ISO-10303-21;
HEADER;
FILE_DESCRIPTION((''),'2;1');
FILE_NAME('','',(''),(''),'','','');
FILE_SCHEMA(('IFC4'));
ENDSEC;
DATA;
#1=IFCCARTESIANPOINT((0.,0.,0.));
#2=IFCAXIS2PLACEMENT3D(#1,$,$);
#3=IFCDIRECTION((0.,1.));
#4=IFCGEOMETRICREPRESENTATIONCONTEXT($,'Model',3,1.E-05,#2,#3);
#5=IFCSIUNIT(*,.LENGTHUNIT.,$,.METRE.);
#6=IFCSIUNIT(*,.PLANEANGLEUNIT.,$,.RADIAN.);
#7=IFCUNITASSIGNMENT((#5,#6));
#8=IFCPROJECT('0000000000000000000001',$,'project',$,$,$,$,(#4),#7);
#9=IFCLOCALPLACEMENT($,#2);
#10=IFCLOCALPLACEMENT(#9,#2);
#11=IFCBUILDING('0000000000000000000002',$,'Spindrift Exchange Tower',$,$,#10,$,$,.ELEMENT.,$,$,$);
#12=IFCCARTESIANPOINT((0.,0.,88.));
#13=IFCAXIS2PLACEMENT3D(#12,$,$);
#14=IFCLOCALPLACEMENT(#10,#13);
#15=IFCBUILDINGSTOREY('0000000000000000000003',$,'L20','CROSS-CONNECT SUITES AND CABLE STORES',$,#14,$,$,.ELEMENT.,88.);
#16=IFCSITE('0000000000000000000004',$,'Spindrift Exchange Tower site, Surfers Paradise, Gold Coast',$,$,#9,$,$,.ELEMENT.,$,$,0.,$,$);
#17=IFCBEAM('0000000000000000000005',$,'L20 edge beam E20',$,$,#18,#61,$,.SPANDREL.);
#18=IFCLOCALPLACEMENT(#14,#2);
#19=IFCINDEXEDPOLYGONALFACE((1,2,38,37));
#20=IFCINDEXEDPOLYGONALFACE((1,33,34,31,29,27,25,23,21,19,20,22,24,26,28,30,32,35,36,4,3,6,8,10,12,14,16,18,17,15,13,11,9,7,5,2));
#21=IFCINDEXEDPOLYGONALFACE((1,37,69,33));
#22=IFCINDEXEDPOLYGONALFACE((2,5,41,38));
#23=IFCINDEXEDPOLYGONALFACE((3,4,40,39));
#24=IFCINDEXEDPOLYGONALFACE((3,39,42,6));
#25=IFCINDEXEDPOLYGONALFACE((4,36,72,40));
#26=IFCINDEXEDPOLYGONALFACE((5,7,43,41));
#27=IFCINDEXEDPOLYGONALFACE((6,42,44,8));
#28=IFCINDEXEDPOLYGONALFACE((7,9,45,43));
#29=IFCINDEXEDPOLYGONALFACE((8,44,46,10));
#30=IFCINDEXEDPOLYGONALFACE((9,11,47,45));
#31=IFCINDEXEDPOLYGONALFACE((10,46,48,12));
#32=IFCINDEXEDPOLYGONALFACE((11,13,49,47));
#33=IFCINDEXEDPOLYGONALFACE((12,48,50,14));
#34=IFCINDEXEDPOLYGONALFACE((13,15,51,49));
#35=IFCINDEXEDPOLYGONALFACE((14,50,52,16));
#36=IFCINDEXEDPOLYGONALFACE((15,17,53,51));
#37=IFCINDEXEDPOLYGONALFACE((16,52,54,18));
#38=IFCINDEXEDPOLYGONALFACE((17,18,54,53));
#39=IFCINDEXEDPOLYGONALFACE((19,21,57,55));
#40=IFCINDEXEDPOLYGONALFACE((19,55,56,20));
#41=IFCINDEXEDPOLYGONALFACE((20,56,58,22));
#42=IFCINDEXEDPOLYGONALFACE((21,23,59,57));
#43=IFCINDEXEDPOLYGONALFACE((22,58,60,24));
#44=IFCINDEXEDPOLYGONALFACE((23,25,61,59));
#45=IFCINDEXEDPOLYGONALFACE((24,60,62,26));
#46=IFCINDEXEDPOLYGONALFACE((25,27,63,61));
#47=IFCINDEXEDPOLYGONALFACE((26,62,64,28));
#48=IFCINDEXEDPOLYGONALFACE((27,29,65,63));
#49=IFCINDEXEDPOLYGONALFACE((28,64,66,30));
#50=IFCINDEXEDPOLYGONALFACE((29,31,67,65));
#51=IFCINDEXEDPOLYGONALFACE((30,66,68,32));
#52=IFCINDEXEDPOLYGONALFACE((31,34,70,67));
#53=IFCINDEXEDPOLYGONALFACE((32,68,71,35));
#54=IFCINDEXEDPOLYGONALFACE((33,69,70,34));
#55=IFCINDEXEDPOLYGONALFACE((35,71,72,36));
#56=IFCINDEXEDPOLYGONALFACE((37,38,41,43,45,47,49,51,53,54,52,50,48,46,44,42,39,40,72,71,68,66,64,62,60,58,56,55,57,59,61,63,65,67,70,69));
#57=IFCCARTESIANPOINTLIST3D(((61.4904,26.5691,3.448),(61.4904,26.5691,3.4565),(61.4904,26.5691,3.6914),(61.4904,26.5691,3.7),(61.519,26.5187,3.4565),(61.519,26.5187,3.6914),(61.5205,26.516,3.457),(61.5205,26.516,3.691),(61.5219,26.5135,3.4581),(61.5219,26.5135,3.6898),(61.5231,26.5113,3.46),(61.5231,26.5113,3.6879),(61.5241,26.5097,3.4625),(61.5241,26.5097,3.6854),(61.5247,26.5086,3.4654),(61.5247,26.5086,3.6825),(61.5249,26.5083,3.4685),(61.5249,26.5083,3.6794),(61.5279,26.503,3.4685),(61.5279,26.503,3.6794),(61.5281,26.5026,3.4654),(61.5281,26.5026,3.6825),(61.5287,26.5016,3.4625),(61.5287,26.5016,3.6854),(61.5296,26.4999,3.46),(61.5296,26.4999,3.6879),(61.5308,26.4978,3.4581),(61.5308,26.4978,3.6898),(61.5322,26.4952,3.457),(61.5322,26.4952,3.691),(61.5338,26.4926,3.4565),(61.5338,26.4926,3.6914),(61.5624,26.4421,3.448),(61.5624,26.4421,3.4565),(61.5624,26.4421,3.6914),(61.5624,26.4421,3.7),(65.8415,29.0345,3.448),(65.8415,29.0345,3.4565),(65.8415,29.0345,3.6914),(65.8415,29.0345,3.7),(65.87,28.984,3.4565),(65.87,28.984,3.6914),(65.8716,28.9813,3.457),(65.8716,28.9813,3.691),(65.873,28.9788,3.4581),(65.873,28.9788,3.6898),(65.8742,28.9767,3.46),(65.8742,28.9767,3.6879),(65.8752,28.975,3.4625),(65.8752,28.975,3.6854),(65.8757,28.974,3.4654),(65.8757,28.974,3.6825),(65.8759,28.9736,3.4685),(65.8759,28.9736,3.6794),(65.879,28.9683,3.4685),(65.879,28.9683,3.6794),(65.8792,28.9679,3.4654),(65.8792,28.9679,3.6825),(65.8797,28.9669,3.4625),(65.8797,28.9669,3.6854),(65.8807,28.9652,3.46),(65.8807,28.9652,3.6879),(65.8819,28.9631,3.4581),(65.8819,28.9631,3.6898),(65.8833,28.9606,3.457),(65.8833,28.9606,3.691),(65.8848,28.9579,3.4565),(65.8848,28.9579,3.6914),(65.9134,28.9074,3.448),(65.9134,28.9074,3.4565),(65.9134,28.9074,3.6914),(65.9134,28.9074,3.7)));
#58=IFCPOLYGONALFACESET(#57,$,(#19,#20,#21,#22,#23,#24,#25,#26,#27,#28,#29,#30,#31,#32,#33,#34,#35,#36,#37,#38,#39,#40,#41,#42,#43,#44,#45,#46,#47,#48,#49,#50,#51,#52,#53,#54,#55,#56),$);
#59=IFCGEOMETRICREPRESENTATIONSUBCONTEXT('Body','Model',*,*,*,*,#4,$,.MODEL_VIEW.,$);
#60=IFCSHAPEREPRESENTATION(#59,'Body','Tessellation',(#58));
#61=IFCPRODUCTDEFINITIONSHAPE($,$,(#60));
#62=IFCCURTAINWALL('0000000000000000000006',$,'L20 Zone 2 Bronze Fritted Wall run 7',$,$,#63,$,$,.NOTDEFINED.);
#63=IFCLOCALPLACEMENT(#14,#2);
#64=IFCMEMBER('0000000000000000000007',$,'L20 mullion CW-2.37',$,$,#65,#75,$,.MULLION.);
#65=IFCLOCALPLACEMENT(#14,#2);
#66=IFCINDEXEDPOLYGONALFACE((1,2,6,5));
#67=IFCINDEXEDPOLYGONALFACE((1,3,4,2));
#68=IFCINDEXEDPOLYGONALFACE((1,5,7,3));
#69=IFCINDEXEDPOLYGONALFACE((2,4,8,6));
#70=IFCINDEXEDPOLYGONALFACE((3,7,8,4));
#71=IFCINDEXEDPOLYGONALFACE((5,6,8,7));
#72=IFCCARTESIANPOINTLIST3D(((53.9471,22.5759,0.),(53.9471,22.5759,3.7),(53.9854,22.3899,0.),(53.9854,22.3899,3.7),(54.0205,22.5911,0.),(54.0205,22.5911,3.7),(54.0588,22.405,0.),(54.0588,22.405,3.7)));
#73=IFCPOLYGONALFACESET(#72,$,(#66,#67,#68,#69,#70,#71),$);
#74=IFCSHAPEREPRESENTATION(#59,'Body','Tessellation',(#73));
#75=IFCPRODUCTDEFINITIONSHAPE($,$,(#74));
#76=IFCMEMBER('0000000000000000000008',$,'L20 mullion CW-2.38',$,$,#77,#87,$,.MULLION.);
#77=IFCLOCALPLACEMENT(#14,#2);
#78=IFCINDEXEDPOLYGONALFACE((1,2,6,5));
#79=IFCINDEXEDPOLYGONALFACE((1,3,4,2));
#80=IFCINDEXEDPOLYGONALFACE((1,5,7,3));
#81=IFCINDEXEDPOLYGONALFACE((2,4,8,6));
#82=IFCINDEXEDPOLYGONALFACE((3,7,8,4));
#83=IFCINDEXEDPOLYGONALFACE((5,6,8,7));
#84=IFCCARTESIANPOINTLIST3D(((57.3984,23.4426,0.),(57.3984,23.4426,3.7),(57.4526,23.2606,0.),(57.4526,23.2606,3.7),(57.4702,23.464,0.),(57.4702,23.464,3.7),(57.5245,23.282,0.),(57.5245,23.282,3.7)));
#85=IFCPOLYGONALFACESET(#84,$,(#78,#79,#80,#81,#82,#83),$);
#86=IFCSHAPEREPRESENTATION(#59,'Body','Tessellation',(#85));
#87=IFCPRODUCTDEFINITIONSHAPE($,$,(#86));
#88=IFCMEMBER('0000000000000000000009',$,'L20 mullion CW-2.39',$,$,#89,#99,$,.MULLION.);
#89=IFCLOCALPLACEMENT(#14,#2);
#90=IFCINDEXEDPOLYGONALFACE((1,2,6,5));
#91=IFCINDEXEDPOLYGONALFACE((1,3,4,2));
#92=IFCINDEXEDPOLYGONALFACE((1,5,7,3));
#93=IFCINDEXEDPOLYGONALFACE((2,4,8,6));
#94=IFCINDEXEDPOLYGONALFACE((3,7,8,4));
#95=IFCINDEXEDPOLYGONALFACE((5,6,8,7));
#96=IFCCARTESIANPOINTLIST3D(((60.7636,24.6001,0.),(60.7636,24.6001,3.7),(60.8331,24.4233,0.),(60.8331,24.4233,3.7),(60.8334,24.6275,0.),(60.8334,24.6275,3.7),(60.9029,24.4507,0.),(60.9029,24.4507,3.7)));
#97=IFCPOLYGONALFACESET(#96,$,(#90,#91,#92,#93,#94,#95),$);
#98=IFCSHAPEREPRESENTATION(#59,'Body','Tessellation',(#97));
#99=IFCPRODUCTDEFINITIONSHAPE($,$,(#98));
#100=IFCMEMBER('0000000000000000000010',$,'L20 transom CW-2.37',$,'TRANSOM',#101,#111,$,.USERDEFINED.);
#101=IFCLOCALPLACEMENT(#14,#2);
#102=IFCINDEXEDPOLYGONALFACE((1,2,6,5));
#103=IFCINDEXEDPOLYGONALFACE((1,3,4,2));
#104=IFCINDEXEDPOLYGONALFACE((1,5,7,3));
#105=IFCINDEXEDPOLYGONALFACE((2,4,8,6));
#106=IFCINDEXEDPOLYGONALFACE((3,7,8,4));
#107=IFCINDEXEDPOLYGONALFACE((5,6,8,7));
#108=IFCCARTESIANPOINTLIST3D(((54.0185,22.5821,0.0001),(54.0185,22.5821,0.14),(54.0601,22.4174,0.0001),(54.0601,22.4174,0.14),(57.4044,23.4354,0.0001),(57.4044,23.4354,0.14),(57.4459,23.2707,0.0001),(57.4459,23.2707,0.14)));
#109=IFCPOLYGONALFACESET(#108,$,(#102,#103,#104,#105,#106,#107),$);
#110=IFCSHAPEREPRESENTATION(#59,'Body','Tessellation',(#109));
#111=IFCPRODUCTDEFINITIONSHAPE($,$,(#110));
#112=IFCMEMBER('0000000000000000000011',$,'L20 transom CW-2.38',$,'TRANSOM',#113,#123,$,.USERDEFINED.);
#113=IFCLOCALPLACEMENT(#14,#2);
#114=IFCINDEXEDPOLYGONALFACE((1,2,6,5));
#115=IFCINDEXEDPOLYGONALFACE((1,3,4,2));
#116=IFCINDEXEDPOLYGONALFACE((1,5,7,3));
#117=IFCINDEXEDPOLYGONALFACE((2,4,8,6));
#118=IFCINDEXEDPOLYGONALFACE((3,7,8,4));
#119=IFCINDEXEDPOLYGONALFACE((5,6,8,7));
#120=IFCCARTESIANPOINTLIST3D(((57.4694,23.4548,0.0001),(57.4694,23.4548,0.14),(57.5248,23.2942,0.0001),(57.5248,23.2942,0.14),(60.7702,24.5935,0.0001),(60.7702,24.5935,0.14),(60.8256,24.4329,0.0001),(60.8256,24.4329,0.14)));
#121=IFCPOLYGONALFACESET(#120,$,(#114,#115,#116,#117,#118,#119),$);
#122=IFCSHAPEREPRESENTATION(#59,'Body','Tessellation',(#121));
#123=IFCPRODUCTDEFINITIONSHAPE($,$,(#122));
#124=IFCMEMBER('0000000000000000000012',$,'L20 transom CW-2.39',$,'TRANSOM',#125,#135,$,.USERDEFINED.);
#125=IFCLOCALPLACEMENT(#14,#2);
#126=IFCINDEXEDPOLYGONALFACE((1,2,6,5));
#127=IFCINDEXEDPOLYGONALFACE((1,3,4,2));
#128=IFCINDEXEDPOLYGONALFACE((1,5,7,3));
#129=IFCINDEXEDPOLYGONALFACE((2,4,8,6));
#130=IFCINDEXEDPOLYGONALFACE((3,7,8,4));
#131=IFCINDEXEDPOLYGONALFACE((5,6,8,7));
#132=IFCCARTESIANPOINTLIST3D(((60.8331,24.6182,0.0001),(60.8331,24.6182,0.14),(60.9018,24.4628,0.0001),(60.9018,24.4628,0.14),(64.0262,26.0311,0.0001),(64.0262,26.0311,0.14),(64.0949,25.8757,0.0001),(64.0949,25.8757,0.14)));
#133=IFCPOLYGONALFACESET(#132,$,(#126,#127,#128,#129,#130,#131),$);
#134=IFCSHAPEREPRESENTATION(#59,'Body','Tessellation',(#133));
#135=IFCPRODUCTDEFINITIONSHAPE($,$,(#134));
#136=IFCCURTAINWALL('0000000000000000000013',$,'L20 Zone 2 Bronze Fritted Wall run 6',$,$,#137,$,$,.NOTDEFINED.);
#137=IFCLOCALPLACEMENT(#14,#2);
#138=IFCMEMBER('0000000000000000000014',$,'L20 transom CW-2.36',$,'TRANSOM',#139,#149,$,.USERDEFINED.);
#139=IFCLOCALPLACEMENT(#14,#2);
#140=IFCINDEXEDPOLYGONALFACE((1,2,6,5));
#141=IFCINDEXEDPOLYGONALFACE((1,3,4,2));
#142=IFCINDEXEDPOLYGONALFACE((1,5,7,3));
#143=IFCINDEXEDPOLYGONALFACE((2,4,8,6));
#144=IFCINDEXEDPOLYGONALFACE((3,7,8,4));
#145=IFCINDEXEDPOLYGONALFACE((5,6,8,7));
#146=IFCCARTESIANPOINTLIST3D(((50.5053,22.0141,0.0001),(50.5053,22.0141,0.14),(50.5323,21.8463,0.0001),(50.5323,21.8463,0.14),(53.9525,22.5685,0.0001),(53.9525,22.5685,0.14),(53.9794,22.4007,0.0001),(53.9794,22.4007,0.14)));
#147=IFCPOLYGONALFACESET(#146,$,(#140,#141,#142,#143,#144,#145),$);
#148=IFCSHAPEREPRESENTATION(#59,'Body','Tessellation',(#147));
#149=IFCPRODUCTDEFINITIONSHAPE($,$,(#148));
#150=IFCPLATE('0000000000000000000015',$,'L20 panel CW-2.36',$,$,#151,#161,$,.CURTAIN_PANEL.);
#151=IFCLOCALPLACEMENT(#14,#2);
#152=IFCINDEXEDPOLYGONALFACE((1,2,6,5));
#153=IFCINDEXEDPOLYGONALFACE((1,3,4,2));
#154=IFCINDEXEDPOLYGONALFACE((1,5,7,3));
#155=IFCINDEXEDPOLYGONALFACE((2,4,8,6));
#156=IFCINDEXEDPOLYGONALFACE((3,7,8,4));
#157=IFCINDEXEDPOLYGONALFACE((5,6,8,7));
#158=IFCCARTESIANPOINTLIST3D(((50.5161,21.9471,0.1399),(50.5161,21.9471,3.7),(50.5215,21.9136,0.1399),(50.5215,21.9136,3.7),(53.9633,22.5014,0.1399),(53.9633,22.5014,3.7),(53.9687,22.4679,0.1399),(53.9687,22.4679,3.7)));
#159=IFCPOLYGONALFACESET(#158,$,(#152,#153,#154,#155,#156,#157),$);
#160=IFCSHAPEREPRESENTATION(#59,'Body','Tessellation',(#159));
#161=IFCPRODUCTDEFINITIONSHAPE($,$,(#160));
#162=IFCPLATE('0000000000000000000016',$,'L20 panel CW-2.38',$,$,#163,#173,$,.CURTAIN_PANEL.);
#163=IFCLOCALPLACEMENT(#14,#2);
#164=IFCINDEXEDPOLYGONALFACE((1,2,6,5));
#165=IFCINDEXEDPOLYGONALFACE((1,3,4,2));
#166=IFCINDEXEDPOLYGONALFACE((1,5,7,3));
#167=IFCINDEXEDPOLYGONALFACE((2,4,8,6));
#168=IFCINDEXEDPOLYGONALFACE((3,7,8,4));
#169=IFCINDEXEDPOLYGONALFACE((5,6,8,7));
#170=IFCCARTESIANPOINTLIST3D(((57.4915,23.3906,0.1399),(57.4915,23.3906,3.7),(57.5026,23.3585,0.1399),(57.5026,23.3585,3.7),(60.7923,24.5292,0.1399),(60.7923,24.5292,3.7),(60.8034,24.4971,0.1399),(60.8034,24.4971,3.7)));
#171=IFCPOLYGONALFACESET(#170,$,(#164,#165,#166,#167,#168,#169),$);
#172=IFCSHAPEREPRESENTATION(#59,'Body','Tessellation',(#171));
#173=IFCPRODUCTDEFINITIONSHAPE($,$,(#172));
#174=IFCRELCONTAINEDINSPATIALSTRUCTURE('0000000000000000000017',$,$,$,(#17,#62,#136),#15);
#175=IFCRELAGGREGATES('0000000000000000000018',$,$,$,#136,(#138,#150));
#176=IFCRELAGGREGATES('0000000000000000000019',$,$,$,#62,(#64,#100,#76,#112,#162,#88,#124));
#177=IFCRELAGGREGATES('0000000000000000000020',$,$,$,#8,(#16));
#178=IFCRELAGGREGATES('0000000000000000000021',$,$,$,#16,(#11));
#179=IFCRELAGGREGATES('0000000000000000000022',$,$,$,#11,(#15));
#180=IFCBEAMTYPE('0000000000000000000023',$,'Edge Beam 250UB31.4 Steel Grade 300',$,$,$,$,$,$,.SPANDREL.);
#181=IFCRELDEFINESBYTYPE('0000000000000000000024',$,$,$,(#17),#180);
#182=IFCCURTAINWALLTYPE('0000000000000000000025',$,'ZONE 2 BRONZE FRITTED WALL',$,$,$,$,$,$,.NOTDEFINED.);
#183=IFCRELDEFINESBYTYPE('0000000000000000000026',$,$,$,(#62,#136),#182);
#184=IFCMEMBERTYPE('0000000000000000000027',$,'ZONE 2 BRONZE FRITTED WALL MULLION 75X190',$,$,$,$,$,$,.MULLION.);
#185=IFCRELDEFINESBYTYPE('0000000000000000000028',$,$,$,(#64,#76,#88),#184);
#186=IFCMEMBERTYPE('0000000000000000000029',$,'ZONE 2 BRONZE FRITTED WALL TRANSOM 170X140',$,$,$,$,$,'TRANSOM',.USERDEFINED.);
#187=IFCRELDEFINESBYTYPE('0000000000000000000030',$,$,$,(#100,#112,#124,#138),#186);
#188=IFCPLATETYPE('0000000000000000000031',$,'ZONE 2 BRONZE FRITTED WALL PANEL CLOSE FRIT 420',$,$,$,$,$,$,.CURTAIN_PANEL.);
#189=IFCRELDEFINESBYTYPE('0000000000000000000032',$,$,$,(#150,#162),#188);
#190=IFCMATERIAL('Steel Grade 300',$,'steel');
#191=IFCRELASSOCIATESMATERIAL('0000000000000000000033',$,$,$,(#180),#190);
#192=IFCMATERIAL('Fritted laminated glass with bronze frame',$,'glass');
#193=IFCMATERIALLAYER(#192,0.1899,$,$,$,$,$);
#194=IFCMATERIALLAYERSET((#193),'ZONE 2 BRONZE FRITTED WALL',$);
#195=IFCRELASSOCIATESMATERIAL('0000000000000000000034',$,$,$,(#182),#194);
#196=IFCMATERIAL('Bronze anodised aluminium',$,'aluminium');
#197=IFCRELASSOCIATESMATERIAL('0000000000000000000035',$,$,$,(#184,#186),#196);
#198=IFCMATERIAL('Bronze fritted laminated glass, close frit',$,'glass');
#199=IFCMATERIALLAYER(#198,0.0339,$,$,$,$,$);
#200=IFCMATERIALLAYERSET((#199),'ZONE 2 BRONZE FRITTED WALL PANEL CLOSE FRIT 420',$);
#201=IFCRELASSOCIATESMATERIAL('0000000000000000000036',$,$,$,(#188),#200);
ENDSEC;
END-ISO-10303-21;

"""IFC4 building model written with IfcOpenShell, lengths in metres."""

from ifc_helpers import new_model, si_unit, direction, frame, origin, origin_2d, place, context, subcontext, project, spatial, rectangle, i_section, extrude, source, transform, mapped, material, layer, layer_set, material_profile, profile_set, type_object, element, aggregate, save


model = new_model("IFC4")

# Units and contexts
model_context = context("Model", 3, precision=1e-05, world=origin(), true_north=direction((0.0, 1.0)))
body_context = subcontext(model_context, "Body", "Model", "MODEL_VIEW")
ifc_project = project(units=[si_unit("LENGTHUNIT", "METRE"), si_unit("PLANEANGLEUNIT", "RADIAN")], contexts=[model_context])

# Site, building, storey
site_placement = place(None, origin())
site = spatial("IfcSite", under=ifc_project, at=site_placement, Name="Spindrift Exchange Tower site, Surfers Paradise, Gold Coast", CompositionType="ELEMENT", RefElevation=0.0)
building_placement = place(site_placement, origin())
building = spatial("IfcBuilding", under=site, at=building_placement, Name="Spindrift Exchange Tower", CompositionType="ELEMENT")
storey_placement = place(building_placement, frame((0.0, 0.0, 88.0)))
storey = spatial("IfcBuildingStorey", under=building, at=storey_placement, Name="L20", Description="CROSS-CONNECT SUITES AND CABLE STORES", CompositionType="ELEMENT", Elevation=88.0)

# Beam
ifc_material_1 = material(Name="Steel Grade 300", Category="steel")
ifc_material_profile_1 = material_profile(ifc_material_1, i_section(OverallWidth=0.146, OverallDepth=0.252, WebThickness=0.0061, FlangeThickness=0.0085, FilletRadius=0.012, at=origin_2d()), Name="250UB31.4")
ifc_profile_set_1 = profile_set([ifc_material_profile_1], Name="Steel Grade 300")
beam_type_1 = type_object("IfcBeamType", Name="Edge Beam 250UB31.4 Steel Grade 300", PredefinedType="SPANDREL", material=ifc_profile_set_1)
shared_shape_1 = source(origin(), body_context, "Body", "SweptSolid", [
    extrude(i_section(OverallWidth=0.146, OverallDepth=0.252, WebThickness=0.0061, FlangeThickness=0.0085, FilletRadius=0.012, at=origin_2d()), origin(), (0.0, 0.0, 1.0), 5.001),
])
beam_1_placement = place(storey_placement, frame((61.5264, 26.5056, 3.574), z_axis=(0.870046, 0.492971, 0.0), x_axis=(-0.492971, 0.870046, 0.0)))
element("IfcBeam", 1, at=beam_1_placement, inside=storey, type_object=beam_type_1, Name="L20 edge beam E20", PredefinedType="SPANDREL", context=body_context, shape_type="MappedRepresentation", body=[
    mapped(shared_shape_1, transform((0.0, 0.0, 0.0), scale=1.0)),
])

# Curtain wall, members
ifc_material_2 = material(Name="Fritted laminated glass with bronze frame", Category="glass")
ifc_layer_1 = layer(ifc_material_2, 0.1899)
ifc_layer_set_1 = layer_set([ifc_layer_1], Name="ZONE 2 BRONZE FRITTED WALL")
curtain_wall_type = type_object("IfcCurtainWallType", Name="ZONE 2 BRONZE FRITTED WALL", PredefinedType="NOTDEFINED", material=ifc_layer_set_1)
curtain_wall_1_placement = place(storey_placement, origin())
curtain_wall_1 = element("IfcCurtainWall", 2, at=curtain_wall_1_placement, inside=storey, type_object=curtain_wall_type, Name="L20 Zone 2 Bronze Fritted Wall run 7", PredefinedType="NOTDEFINED")
ifc_material_3 = material(Name="Bronze anodised aluminium", Category="aluminium")
ifc_material_profile_2 = material_profile(ifc_material_3, rectangle(XDim=0.075, YDim=0.1899, at=origin_2d()), Name="ZONE 2 BRONZE FRITTED WALL MULLION 75X190")
ifc_profile_set_2 = profile_set([ifc_material_profile_2], Name="Bronze anodised aluminium")
member_type_1 = type_object("IfcMemberType", Name="ZONE 2 BRONZE FRITTED WALL MULLION 75X190", PredefinedType="MULLION", material=ifc_profile_set_2)
shared_shape_2 = source(origin(), body_context, "Body", "SweptSolid", [
    extrude(rectangle(XDim=0.075, YDim=0.1899, at=origin_2d()), origin(), (0.0, 0.0, 1.0), 3.7),
])
member_1_placement = place(storey_placement, frame((54.0029, 22.4905, 0.0), z_axis=(0.0, 0.0, 1.0), x_axis=(0.97943, 0.201784, 0.0)))
member_1 = element("IfcMember", 3, at=member_1_placement, type_object=member_type_1, Name="L20 mullion CW-2.37", PredefinedType="MULLION", context=body_context, shape_type="MappedRepresentation", body=[
    mapped(shared_shape_2, transform((0.0, 0.0, 0.0), scale=1.0)),
])
member_2_placement = place(storey_placement, frame((57.4614, 23.3623, 0.0), z_axis=(0.0, 0.0, 1.0), x_axis=(0.958371, 0.285525, 0.0)))
member_2 = element("IfcMember", 4, at=member_2_placement, type_object=member_type_1, Name="L20 mullion CW-2.38", PredefinedType="MULLION", context=body_context, shape_type="MappedRepresentation", body=[
    mapped(shared_shape_2, transform((0.0, 0.0, 0.0), scale=1.0)),
])
member_3_placement = place(storey_placement, frame((60.8333, 24.5254, 0.0), z_axis=(0.0, 0.0, 1.0), x_axis=(0.930741, 0.365679, 0.0)))
member_3 = element("IfcMember", 5, at=member_3_placement, type_object=member_type_1, Name="L20 mullion CW-2.39", PredefinedType="MULLION", context=body_context, shape_type="MappedRepresentation", body=[
    mapped(shared_shape_2, transform((0.0, 0.0, 0.0), scale=1.0)),
])
ifc_material_profile_3 = material_profile(ifc_material_3, rectangle(XDim=0.1699, YDim=0.1399, at=origin_2d()), Name="ZONE 2 BRONZE FRITTED WALL TRANSOM 170X140")
ifc_profile_set_3 = profile_set([ifc_material_profile_3], Name="Bronze anodised aluminium")
member_type_2 = type_object("IfcMemberType", Name="ZONE 2 BRONZE FRITTED WALL TRANSOM 170X140", ElementType="TRANSOM", PredefinedType="USERDEFINED", material=ifc_profile_set_3)
shared_shape_3 = source(origin(), body_context, "Body", "SweptSolid", [
    extrude(rectangle(XDim=0.1699, YDim=0.1399, at=origin_2d()), origin(), (0.0, 0.0, 1.0), 3.4917),
])
member_4_placement = place(storey_placement, frame((54.0393, 22.4998, 0.0701), z_axis=(0.96968, 0.244378, 0.0), x_axis=(-0.244378, 0.96968, 0.0)))
member_4 = element("IfcMember", 6, at=member_4_placement, type_object=member_type_2, Name="L20 transom CW-2.37", ObjectType="TRANSOM", PredefinedType="USERDEFINED", context=body_context, shape_type="MappedRepresentation", body=[
    mapped(shared_shape_3, transform((0.0, 0.0, 0.0), scale=1.0)),
])
member_5_placement = place(storey_placement, frame((57.4971, 23.3745, 0.0701), z_axis=(0.945331, 0.326111, 0.0), x_axis=(-0.326111, 0.945331, 0.0)))
member_5 = element("IfcMember", 7, at=member_5_placement, type_object=member_type_2, Name="L20 transom CW-2.38", ObjectType="TRANSOM", PredefinedType="USERDEFINED", context=body_context, shape_type="MappedRepresentation", body=[
    mapped(shared_shape_3, transform((0.0, 0.0, 0.0), scale=1.0)),
])
member_6_placement = place(storey_placement, frame((60.8674, 24.5405, 0.0701), z_axis=(0.914482, 0.404626, 0.0), x_axis=(-0.404626, 0.914482, 0.0)))
member_6 = element("IfcMember", 8, at=member_6_placement, type_object=member_type_2, Name="L20 transom CW-2.39", ObjectType="TRANSOM", PredefinedType="USERDEFINED", context=body_context, shape_type="MappedRepresentation", body=[
    mapped(shared_shape_3, transform((0.0, 0.0, 0.0), scale=1.0)),
])

# Curtain wall, member, plate
curtain_wall_2_placement = place(storey_placement, origin())
curtain_wall_2 = element("IfcCurtainWall", 9, at=curtain_wall_2_placement, inside=storey, type_object=curtain_wall_type, Name="L20 Zone 2 Bronze Fritted Wall run 6", PredefinedType="NOTDEFINED")
shared_shape_4 = source(origin(), body_context, "Body", "SweptSolid", [
    extrude(rectangle(XDim=0.1699, YDim=0.1399, at=origin_2d()), origin(), (0.0, 0.0, 1.0), 3.4915),
])
member_7_placement = place(storey_placement, frame((50.5188, 21.9302, 0.0701), z_axis=(0.987312, 0.158795, 0.0), x_axis=(-0.158795, 0.987312, 0.0)))
member_7 = element("IfcMember", 10, at=member_7_placement, type_object=member_type_2, Name="L20 transom CW-2.36", ObjectType="TRANSOM", PredefinedType="USERDEFINED", context=body_context, shape_type="MappedRepresentation", body=[
    mapped(shared_shape_4, transform((0.0, 0.0, 0.0), scale=1.0)),
])
ifc_material_4 = material(Name="Bronze fritted laminated glass, close frit", Category="glass")
ifc_layer_2 = layer(ifc_material_4, 0.0339)
ifc_layer_set_2 = layer_set([ifc_layer_2], Name="ZONE 2 BRONZE FRITTED WALL PANEL CLOSE FRIT 420")
plate_type_1 = type_object("IfcPlateType", Name="ZONE 2 BRONZE FRITTED WALL PANEL CLOSE FRIT 420", PredefinedType="CURTAIN_PANEL", material=ifc_layer_set_2)
shared_shape_5 = source(origin(), body_context, "Body", "SweptSolid", [
    extrude(rectangle(XDim=3.4915, YDim=0.0339, at=origin_2d()), origin(), (0.0, 0.0, 1.0), 3.5601),
])
plate_1_placement = place(storey_placement, frame((52.2424, 22.2075, 0.1399), z_axis=(0.0, 0.0, 1.0), x_axis=(0.987318, 0.158754, 0.0)))
plate_1 = element("IfcPlate", 11, at=plate_1_placement, type_object=plate_type_1, Name="L20 panel CW-2.36", PredefinedType="CURTAIN_PANEL", context=body_context, shape_type="MappedRepresentation", body=[
    mapped(shared_shape_5, transform((0.0, 0.0, 0.0), scale=1.0)),
])
aggregate(curtain_wall_2, [member_7, plate_1])

# Plate
shared_shape_6 = source(origin(), body_context, "Body", "SweptSolid", [
    extrude(rectangle(XDim=3.4917, YDim=0.0339, at=origin_2d()), origin(), (0.0, 0.0, 1.0), 3.5601),
])
plate_2_placement = place(storey_placement, frame((59.1475, 23.9438, 0.1399), z_axis=(0.0, 0.0, 1.0), x_axis=(0.945334, 0.326103, 0.0)))
plate_2 = element("IfcPlate", 12, at=plate_2_placement, type_object=plate_type_1, Name="L20 panel CW-2.38", PredefinedType="CURTAIN_PANEL", context=body_context, shape_type="MappedRepresentation", body=[
    mapped(shared_shape_6, transform((0.0, 0.0, 0.0), scale=1.0)),
])
aggregate(curtain_wall_1, [member_1, member_4, member_2, member_5, plate_2, member_3, member_6])

save(model, "model.ifc")
